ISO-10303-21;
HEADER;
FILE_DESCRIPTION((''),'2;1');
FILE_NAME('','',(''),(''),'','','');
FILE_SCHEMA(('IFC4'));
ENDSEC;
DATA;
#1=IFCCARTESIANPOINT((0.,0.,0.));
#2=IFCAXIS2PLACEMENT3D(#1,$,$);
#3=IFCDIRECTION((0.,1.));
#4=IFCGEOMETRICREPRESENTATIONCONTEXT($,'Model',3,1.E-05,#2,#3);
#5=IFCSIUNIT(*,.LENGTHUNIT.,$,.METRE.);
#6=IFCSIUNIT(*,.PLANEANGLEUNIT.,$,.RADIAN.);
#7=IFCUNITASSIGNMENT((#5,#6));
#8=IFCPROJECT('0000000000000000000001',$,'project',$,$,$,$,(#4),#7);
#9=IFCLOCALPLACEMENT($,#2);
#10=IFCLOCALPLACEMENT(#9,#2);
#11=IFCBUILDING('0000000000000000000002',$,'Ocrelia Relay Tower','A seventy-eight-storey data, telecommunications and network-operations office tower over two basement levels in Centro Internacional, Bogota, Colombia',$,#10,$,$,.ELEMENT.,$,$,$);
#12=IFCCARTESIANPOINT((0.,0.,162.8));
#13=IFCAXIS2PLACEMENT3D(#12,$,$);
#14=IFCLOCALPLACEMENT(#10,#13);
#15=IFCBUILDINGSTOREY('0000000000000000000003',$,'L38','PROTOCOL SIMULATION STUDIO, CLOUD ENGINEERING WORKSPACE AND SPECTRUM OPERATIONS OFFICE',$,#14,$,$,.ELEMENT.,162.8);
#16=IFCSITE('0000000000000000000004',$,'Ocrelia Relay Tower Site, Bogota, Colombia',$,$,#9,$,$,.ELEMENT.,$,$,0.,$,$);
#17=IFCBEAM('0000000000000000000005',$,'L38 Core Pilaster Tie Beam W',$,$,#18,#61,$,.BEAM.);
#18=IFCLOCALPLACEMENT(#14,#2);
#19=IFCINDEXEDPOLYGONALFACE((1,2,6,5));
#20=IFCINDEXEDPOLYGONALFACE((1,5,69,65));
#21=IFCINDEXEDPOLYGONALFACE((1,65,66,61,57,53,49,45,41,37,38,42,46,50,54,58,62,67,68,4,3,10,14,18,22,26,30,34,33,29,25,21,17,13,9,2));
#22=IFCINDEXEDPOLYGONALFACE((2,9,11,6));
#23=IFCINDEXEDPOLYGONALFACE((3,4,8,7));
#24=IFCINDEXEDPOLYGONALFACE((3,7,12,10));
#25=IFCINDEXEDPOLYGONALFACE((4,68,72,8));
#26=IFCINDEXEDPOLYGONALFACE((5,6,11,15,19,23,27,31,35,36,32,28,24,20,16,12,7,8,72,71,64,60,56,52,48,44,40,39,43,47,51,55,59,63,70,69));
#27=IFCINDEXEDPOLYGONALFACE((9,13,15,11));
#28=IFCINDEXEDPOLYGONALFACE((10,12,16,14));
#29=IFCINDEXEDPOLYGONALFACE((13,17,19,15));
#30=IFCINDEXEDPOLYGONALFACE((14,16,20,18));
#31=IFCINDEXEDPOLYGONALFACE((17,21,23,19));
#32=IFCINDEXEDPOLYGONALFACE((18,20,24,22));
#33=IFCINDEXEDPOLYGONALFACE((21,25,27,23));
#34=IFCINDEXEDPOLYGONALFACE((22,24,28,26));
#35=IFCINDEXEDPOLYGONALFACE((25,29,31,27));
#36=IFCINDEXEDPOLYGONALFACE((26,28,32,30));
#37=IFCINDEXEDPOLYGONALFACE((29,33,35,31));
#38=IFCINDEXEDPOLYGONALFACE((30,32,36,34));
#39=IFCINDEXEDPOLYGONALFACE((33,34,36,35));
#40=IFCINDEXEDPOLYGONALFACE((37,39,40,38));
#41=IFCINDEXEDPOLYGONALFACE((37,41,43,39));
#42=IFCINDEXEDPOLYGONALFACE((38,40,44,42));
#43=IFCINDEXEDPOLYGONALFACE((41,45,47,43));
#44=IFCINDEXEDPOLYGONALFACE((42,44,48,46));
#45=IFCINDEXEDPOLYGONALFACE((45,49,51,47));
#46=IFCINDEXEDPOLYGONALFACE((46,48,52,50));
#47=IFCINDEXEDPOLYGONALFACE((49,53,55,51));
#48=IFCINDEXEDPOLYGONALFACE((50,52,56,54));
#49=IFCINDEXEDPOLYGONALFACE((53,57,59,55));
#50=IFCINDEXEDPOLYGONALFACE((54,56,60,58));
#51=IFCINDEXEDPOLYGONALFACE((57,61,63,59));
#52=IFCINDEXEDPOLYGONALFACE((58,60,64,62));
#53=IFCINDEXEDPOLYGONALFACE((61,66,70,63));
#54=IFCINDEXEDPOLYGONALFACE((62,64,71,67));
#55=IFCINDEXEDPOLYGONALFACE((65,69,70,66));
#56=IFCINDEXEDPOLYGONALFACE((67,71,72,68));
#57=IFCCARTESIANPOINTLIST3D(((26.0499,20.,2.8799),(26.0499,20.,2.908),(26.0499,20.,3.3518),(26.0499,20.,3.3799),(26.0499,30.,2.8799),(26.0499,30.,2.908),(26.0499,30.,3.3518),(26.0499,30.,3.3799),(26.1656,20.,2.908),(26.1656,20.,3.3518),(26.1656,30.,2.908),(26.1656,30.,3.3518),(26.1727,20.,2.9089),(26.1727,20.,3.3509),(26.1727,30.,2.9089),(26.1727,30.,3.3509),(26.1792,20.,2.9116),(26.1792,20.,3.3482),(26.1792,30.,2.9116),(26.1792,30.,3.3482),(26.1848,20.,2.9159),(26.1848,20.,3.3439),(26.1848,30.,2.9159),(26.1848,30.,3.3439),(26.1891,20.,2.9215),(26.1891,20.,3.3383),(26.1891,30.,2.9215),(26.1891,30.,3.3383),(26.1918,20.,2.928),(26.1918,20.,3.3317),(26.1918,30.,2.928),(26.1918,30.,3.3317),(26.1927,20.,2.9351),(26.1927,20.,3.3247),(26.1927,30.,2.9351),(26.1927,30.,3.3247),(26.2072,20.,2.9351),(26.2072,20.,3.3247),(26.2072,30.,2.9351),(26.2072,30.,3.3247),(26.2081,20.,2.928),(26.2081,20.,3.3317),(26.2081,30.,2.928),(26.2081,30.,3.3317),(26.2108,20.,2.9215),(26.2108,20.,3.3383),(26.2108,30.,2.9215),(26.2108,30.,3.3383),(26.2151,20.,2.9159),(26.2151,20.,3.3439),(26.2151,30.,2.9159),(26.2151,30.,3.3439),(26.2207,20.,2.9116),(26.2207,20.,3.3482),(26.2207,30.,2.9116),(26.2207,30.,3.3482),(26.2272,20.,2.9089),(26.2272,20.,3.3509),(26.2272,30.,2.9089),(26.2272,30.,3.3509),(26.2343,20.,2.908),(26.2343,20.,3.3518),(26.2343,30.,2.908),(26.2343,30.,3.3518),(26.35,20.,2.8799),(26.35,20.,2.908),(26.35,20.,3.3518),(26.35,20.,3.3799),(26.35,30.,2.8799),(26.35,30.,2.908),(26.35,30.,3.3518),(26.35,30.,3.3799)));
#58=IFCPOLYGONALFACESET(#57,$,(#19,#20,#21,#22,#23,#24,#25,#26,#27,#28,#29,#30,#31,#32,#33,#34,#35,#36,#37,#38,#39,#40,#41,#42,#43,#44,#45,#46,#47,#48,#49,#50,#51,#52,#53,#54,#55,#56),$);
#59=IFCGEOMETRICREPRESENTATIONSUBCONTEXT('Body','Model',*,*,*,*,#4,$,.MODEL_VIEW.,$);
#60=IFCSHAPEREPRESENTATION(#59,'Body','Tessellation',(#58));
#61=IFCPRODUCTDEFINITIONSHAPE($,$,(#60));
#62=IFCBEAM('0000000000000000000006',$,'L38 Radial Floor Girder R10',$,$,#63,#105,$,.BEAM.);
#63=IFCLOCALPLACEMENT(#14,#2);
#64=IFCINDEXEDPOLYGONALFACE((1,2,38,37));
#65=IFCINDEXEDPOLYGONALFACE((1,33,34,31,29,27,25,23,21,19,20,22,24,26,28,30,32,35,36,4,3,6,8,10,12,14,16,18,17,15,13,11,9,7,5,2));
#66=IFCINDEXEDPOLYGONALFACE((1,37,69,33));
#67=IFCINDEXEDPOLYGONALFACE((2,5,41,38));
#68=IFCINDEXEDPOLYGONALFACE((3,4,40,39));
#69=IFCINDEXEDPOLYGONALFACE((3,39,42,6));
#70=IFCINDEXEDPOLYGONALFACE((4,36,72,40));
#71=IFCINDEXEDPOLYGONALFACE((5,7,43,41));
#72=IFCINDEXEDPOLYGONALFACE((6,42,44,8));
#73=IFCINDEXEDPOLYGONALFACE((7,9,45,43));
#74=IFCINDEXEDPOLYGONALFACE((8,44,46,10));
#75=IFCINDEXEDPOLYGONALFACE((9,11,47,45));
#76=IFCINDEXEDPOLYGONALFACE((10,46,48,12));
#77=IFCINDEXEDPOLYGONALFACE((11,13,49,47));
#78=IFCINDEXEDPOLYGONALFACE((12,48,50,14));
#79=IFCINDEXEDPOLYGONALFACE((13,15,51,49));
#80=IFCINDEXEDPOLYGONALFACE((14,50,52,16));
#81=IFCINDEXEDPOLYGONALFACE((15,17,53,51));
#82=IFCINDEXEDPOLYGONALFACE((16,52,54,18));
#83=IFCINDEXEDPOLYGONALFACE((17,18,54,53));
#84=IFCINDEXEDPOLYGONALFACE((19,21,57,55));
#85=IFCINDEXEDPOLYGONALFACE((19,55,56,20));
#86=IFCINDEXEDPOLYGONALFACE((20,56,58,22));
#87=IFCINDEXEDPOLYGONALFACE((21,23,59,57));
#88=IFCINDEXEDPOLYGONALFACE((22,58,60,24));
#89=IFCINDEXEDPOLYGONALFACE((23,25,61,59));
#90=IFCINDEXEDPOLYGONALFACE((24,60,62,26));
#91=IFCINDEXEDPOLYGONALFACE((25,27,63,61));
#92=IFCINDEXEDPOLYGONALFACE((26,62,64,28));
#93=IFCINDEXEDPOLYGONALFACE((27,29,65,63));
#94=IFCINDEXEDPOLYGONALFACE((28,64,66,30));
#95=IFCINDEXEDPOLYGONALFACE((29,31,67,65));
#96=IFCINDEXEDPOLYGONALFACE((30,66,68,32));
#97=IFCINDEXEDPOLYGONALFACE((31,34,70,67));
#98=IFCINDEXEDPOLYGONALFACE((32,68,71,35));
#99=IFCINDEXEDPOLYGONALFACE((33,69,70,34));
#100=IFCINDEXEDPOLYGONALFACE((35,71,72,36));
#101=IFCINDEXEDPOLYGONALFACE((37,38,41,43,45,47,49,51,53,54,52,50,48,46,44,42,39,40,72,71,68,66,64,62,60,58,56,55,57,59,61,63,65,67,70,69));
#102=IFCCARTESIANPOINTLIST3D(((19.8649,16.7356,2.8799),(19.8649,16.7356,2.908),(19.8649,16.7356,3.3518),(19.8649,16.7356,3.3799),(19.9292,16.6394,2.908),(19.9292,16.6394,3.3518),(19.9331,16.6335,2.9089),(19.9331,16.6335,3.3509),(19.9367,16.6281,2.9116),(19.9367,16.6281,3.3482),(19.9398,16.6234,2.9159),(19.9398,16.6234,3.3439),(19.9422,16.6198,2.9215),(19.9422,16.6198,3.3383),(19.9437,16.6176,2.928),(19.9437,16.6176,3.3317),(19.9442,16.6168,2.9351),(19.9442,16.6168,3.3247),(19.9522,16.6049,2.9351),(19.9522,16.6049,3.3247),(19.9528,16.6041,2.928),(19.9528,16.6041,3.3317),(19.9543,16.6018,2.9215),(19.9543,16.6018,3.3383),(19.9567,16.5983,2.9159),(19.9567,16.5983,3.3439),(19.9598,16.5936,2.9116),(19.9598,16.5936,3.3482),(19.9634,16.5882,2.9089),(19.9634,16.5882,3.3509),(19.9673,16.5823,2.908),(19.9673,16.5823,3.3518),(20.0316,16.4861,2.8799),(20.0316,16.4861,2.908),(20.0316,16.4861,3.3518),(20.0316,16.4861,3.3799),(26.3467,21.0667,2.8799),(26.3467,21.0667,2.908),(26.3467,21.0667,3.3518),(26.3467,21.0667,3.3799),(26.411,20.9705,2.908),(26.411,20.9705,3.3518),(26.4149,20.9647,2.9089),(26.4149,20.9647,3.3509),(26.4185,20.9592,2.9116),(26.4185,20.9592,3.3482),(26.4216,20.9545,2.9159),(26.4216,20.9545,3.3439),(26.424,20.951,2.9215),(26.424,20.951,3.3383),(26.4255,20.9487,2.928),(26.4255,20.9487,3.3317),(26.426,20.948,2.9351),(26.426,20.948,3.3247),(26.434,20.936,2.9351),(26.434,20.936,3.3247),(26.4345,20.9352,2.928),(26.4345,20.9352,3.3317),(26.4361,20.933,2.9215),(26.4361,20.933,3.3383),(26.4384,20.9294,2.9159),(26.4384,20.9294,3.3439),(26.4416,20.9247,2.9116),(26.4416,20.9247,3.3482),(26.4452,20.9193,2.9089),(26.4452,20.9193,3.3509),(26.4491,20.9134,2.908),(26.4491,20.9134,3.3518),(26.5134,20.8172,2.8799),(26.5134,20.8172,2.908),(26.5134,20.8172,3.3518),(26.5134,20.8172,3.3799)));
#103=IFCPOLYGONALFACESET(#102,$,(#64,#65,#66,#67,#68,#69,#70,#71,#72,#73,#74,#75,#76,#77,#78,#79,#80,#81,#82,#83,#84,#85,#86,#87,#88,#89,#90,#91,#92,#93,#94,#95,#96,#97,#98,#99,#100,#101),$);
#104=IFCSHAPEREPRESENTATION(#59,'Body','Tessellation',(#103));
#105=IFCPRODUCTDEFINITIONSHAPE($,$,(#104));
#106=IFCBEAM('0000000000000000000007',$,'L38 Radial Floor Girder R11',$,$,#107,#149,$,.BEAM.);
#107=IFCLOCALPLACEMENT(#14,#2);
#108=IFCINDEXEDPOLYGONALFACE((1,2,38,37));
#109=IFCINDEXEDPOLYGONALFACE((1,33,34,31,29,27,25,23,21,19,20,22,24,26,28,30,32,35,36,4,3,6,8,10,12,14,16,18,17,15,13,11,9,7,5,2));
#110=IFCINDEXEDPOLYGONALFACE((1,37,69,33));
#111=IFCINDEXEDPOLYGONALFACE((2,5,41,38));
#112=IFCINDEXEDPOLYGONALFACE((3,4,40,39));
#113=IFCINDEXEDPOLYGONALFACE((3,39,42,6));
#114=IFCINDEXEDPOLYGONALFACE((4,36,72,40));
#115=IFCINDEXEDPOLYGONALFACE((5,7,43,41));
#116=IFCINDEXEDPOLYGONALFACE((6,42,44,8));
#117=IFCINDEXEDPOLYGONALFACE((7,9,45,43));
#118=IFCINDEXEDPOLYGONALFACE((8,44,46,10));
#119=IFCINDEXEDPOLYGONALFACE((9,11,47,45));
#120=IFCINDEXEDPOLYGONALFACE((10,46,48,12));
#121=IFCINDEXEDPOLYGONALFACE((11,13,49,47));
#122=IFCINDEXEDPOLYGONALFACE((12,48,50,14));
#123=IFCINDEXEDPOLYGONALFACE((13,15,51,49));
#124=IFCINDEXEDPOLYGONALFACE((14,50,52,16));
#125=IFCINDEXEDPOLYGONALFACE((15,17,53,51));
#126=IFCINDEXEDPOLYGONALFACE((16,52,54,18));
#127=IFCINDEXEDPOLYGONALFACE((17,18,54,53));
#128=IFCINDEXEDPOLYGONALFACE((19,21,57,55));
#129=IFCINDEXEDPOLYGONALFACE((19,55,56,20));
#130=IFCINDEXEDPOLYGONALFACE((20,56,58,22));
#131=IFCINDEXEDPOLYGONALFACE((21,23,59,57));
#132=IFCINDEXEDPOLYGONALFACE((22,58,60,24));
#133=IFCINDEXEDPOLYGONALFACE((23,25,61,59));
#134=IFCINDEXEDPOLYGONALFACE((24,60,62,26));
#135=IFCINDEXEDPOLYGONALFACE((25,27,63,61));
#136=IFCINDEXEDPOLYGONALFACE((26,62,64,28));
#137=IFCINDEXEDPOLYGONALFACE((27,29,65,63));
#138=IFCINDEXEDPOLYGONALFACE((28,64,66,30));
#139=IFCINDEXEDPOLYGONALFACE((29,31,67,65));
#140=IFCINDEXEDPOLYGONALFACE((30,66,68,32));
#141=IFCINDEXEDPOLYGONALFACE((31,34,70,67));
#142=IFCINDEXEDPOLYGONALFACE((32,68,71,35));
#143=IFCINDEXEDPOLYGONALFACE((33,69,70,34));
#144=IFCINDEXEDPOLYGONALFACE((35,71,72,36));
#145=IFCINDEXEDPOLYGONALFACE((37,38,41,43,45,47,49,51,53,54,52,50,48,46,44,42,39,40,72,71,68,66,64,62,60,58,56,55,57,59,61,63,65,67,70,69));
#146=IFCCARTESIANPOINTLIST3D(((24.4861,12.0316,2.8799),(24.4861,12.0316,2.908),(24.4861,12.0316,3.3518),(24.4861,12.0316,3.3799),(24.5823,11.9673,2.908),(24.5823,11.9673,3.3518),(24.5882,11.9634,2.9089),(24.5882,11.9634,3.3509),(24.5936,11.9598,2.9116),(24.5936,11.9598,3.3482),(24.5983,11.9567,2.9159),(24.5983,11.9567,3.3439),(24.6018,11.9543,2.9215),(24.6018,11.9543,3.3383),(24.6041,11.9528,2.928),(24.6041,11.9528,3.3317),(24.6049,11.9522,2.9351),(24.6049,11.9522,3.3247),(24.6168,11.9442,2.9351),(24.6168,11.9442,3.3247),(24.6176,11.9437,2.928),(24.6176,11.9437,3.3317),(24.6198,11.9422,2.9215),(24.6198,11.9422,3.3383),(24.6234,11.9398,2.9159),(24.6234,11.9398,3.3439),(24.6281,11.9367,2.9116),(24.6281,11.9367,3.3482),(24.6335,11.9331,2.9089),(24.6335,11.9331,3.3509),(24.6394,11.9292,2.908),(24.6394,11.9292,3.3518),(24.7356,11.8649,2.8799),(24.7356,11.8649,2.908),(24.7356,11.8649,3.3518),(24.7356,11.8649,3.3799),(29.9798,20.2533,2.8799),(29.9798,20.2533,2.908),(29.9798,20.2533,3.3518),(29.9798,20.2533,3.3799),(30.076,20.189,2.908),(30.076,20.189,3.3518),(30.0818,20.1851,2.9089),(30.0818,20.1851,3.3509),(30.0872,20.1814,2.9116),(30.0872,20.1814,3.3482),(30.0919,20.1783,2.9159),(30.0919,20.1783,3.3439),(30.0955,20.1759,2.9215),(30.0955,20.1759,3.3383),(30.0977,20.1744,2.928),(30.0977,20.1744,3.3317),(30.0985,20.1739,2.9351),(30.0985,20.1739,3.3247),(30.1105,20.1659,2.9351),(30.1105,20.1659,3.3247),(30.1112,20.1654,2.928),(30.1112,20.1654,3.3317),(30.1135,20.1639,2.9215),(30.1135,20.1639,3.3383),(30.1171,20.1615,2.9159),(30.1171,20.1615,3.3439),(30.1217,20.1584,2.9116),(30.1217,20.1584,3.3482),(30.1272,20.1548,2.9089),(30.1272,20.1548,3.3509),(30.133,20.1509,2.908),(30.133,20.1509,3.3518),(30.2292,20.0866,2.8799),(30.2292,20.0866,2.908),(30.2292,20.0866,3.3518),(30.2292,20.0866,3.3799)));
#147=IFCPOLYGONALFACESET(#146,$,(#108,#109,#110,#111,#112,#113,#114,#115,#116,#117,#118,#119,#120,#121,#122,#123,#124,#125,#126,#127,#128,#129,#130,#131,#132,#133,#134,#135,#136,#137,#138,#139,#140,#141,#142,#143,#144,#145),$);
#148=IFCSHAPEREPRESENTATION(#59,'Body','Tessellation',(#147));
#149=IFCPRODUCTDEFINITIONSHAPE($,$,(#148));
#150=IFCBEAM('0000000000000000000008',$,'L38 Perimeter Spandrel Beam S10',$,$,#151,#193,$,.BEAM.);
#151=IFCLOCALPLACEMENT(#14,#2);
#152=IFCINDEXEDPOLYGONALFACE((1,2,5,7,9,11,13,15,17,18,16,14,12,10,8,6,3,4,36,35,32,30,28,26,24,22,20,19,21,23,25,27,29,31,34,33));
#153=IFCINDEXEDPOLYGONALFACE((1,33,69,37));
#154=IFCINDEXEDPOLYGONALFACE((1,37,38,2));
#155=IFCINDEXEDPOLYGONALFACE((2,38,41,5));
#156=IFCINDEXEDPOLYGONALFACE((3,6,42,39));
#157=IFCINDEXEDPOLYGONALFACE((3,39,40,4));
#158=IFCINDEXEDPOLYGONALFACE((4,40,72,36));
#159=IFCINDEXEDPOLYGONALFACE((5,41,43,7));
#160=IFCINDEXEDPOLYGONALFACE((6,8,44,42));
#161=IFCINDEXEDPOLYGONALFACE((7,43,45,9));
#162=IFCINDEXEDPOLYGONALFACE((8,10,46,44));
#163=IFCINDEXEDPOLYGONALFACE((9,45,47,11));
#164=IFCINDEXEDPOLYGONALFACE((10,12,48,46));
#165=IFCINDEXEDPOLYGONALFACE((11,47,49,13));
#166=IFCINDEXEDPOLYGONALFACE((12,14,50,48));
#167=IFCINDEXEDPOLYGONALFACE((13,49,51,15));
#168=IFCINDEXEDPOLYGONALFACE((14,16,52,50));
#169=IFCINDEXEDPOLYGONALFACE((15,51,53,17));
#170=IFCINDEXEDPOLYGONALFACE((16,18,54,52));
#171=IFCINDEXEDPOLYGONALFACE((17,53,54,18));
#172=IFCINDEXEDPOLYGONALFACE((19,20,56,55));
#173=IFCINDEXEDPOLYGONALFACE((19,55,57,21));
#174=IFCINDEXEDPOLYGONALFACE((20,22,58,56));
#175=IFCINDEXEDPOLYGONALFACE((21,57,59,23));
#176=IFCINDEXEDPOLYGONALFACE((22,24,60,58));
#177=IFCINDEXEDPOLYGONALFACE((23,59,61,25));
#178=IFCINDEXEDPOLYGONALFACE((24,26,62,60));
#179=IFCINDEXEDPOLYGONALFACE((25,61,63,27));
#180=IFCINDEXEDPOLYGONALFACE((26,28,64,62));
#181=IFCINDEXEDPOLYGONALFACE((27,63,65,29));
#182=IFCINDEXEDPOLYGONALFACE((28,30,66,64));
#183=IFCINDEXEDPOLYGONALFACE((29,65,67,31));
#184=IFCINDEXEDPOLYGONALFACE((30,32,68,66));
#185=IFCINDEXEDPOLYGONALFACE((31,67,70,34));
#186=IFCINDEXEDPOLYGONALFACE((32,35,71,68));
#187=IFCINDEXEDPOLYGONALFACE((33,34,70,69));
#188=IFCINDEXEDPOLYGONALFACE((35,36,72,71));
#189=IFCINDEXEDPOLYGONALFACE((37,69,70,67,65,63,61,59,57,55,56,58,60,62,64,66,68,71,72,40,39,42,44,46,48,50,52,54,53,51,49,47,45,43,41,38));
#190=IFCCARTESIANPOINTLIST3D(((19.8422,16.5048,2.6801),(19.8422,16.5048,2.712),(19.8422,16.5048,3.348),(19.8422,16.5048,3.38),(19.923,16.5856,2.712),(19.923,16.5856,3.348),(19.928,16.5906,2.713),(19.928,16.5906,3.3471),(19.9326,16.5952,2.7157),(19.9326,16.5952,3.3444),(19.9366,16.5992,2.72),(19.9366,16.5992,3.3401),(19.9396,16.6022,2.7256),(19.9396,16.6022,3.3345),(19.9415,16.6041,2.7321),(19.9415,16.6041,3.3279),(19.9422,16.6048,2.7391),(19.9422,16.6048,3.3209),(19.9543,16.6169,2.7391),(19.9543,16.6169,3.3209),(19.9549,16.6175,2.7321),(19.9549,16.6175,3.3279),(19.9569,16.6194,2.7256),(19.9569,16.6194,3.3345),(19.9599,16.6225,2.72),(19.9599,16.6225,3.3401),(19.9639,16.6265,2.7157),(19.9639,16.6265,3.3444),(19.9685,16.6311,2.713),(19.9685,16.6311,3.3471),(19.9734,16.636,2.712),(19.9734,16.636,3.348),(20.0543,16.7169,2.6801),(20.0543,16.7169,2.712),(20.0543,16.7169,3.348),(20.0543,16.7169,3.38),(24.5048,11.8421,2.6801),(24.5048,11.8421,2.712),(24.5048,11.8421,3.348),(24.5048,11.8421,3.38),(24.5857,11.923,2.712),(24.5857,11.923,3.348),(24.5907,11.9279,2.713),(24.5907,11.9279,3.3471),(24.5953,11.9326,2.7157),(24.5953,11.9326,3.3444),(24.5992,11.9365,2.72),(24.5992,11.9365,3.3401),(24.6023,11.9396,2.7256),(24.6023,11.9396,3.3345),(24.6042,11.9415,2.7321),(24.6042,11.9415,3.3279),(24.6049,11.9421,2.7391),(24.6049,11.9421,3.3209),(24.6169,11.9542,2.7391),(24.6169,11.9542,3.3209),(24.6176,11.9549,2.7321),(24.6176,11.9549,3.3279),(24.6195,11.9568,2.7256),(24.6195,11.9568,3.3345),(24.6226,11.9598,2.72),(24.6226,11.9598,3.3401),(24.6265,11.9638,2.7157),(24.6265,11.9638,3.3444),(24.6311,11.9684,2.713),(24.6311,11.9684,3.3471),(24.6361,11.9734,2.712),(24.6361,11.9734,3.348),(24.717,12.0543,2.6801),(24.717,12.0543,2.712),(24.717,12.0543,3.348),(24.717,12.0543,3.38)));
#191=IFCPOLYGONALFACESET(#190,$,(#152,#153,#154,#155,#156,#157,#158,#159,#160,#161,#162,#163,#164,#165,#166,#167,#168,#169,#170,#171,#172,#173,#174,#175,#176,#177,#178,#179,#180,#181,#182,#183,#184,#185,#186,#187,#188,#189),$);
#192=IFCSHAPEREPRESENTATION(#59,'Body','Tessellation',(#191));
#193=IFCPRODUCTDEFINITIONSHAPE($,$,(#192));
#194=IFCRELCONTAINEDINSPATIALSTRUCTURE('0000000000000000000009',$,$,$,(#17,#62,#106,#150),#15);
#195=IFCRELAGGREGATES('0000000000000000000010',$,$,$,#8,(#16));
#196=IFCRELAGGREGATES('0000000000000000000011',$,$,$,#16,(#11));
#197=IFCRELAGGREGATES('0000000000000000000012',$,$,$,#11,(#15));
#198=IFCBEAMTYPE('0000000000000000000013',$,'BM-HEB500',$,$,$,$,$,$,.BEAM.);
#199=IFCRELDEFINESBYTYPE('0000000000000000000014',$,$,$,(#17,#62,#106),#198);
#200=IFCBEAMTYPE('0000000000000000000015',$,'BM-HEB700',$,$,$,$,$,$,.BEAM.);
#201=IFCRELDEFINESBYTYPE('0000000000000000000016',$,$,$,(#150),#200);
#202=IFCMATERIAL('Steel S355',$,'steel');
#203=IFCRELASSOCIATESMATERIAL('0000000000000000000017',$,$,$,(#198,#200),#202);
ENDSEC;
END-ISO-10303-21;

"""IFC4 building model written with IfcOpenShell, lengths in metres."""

from ifc_helpers import new_model, si_unit, direction, frame, origin, origin_2d, place, context, subcontext, project, spatial, i_section, extrude, material, material_profile, profile_set, type_object, element, save


model = new_model("IFC4")

# Units and contexts
model_context = context("Model", 3, precision=1e-05, world=origin(), true_north=direction((0.0, 1.0)))
body_context = subcontext(model_context, "Body", "Model", "MODEL_VIEW")
ifc_project = project(units=[si_unit("LENGTHUNIT", "METRE"), si_unit("PLANEANGLEUNIT", "RADIAN")], contexts=[model_context])

# Site, building, storey
site_placement = place(None, origin())
site = spatial("IfcSite", under=ifc_project, at=site_placement, Name="Ocrelia Relay Tower Site, Bogota, Colombia", CompositionType="ELEMENT", RefElevation=0.0)
building_placement = place(site_placement, origin())
building = spatial("IfcBuilding", under=site, at=building_placement, Name="Ocrelia Relay Tower", Description="A seventy-eight-storey data, telecommunications and network-operations office tower over two basement levels in Centro Internacional, Bogota, Colombia", CompositionType="ELEMENT")
storey_placement = place(building_placement, frame((0.0, 0.0, 162.8)))
storey = spatial("IfcBuildingStorey", under=building, at=storey_placement, Name="L38", Description="PROTOCOL SIMULATION STUDIO, CLOUD ENGINEERING WORKSPACE AND SPECTRUM OPERATIONS OFFICE", CompositionType="ELEMENT", Elevation=162.8)

# Beams
ifc_material_1 = material(Name="Steel S355", Category="steel")
ifc_material_profile_1 = material_profile(ifc_material_1, i_section(OverallWidth=0.3, OverallDepth=0.5, WebThickness=0.0144, FlangeThickness=0.0281, FilletRadius=0.0271, at=origin_2d()), Name="HEB 500")
ifc_profile_set_1 = profile_set([ifc_material_profile_1], Name="Steel S355")
beam_type_1 = type_object("IfcBeamType", Name="BM-HEB500", PredefinedType="BEAM", material=ifc_profile_set_1)
beam_1_placement = place(storey_placement, frame((26.2, 20.0, 3.1299), z_axis=(0.0, 1.0, 0.0), x_axis=(-1.0, 0.0, 0.0)))
element("IfcBeam", 1, at=beam_1_placement, inside=storey, type_object=beam_type_1, Name="L38 Core Pilaster Tie Beam W", PredefinedType="BEAM", context=body_context, shape_type="SweptSolid", body=[
    extrude(i_section(OverallWidth=0.3, OverallDepth=0.5, WebThickness=0.0144, FlangeThickness=0.0281, FilletRadius=0.0271, at=origin_2d()), origin(), (0.0, 0.0, 1.0), 10.0),
])
beam_2_placement = place(storey_placement, frame((19.9482, 16.6108, 3.1299), z_axis=(0.831462, 0.555582, 0.0), x_axis=(-0.555582, 0.831462, 0.0)))
element("IfcBeam", 2, at=beam_2_placement, inside=storey, type_object=beam_type_1, Name="L38 Radial Floor Girder R10", PredefinedType="BEAM", context=body_context, shape_type="SweptSolid", body=[
    extrude(i_section(OverallWidth=0.3, OverallDepth=0.5, WebThickness=0.0144, FlangeThickness=0.0281, FilletRadius=0.0271, at=origin_2d()), origin(), (0.0, 0.0, 1.0), 7.7957),
])
beam_3_placement = place(storey_placement, frame((24.6108, 11.9482, 3.1299), z_axis=(0.555577, 0.831465, 0.0), x_axis=(-0.831465, 0.555577, 0.0)))
element("IfcBeam", 3, at=beam_3_placement, inside=storey, type_object=beam_type_1, Name="L38 Radial Floor Girder R11", PredefinedType="BEAM", context=body_context, shape_type="SweptSolid", body=[
    extrude(i_section(OverallWidth=0.3, OverallDepth=0.5, WebThickness=0.0144, FlangeThickness=0.0281, FilletRadius=0.0271, at=origin_2d()), origin(), (0.0, 0.0, 1.0), 9.8882),
])
ifc_material_profile_2 = material_profile(ifc_material_1, i_section(OverallWidth=0.3, OverallDepth=0.7, WebThickness=0.0171, FlangeThickness=0.032, FilletRadius=0.0271, at=origin_2d()), Name="HEB 700")
ifc_profile_set_2 = profile_set([ifc_material_profile_2], Name="Steel S355")
beam_type_2 = type_object("IfcBeamType", Name="BM-HEB700", PredefinedType="BEAM", material=ifc_profile_set_2)
for number, where, z_axis, x_axis, name in (
    (4, (19.9482, 16.6108, 3.03), (0.707107, -0.707107, 0.0), (0.707107, 0.707107, 0.0), "L38 Perimeter Spandrel Beam S10"),
):
    element("IfcBeam", number, at=place(storey_placement, frame(where, z_axis=z_axis, x_axis=x_axis)), inside=storey, type_object=beam_type_2, Name=name, PredefinedType="BEAM", context=body_context, shape_type="SweptSolid", body=[
        extrude(i_section(OverallWidth=0.3, OverallDepth=0.7, WebThickness=0.0171, FlangeThickness=0.032, FilletRadius=0.0271, at=origin_2d()), origin(), (0.0, 0.0, 1.0), 6.594),
    ])

save(model, "model.ifc")
